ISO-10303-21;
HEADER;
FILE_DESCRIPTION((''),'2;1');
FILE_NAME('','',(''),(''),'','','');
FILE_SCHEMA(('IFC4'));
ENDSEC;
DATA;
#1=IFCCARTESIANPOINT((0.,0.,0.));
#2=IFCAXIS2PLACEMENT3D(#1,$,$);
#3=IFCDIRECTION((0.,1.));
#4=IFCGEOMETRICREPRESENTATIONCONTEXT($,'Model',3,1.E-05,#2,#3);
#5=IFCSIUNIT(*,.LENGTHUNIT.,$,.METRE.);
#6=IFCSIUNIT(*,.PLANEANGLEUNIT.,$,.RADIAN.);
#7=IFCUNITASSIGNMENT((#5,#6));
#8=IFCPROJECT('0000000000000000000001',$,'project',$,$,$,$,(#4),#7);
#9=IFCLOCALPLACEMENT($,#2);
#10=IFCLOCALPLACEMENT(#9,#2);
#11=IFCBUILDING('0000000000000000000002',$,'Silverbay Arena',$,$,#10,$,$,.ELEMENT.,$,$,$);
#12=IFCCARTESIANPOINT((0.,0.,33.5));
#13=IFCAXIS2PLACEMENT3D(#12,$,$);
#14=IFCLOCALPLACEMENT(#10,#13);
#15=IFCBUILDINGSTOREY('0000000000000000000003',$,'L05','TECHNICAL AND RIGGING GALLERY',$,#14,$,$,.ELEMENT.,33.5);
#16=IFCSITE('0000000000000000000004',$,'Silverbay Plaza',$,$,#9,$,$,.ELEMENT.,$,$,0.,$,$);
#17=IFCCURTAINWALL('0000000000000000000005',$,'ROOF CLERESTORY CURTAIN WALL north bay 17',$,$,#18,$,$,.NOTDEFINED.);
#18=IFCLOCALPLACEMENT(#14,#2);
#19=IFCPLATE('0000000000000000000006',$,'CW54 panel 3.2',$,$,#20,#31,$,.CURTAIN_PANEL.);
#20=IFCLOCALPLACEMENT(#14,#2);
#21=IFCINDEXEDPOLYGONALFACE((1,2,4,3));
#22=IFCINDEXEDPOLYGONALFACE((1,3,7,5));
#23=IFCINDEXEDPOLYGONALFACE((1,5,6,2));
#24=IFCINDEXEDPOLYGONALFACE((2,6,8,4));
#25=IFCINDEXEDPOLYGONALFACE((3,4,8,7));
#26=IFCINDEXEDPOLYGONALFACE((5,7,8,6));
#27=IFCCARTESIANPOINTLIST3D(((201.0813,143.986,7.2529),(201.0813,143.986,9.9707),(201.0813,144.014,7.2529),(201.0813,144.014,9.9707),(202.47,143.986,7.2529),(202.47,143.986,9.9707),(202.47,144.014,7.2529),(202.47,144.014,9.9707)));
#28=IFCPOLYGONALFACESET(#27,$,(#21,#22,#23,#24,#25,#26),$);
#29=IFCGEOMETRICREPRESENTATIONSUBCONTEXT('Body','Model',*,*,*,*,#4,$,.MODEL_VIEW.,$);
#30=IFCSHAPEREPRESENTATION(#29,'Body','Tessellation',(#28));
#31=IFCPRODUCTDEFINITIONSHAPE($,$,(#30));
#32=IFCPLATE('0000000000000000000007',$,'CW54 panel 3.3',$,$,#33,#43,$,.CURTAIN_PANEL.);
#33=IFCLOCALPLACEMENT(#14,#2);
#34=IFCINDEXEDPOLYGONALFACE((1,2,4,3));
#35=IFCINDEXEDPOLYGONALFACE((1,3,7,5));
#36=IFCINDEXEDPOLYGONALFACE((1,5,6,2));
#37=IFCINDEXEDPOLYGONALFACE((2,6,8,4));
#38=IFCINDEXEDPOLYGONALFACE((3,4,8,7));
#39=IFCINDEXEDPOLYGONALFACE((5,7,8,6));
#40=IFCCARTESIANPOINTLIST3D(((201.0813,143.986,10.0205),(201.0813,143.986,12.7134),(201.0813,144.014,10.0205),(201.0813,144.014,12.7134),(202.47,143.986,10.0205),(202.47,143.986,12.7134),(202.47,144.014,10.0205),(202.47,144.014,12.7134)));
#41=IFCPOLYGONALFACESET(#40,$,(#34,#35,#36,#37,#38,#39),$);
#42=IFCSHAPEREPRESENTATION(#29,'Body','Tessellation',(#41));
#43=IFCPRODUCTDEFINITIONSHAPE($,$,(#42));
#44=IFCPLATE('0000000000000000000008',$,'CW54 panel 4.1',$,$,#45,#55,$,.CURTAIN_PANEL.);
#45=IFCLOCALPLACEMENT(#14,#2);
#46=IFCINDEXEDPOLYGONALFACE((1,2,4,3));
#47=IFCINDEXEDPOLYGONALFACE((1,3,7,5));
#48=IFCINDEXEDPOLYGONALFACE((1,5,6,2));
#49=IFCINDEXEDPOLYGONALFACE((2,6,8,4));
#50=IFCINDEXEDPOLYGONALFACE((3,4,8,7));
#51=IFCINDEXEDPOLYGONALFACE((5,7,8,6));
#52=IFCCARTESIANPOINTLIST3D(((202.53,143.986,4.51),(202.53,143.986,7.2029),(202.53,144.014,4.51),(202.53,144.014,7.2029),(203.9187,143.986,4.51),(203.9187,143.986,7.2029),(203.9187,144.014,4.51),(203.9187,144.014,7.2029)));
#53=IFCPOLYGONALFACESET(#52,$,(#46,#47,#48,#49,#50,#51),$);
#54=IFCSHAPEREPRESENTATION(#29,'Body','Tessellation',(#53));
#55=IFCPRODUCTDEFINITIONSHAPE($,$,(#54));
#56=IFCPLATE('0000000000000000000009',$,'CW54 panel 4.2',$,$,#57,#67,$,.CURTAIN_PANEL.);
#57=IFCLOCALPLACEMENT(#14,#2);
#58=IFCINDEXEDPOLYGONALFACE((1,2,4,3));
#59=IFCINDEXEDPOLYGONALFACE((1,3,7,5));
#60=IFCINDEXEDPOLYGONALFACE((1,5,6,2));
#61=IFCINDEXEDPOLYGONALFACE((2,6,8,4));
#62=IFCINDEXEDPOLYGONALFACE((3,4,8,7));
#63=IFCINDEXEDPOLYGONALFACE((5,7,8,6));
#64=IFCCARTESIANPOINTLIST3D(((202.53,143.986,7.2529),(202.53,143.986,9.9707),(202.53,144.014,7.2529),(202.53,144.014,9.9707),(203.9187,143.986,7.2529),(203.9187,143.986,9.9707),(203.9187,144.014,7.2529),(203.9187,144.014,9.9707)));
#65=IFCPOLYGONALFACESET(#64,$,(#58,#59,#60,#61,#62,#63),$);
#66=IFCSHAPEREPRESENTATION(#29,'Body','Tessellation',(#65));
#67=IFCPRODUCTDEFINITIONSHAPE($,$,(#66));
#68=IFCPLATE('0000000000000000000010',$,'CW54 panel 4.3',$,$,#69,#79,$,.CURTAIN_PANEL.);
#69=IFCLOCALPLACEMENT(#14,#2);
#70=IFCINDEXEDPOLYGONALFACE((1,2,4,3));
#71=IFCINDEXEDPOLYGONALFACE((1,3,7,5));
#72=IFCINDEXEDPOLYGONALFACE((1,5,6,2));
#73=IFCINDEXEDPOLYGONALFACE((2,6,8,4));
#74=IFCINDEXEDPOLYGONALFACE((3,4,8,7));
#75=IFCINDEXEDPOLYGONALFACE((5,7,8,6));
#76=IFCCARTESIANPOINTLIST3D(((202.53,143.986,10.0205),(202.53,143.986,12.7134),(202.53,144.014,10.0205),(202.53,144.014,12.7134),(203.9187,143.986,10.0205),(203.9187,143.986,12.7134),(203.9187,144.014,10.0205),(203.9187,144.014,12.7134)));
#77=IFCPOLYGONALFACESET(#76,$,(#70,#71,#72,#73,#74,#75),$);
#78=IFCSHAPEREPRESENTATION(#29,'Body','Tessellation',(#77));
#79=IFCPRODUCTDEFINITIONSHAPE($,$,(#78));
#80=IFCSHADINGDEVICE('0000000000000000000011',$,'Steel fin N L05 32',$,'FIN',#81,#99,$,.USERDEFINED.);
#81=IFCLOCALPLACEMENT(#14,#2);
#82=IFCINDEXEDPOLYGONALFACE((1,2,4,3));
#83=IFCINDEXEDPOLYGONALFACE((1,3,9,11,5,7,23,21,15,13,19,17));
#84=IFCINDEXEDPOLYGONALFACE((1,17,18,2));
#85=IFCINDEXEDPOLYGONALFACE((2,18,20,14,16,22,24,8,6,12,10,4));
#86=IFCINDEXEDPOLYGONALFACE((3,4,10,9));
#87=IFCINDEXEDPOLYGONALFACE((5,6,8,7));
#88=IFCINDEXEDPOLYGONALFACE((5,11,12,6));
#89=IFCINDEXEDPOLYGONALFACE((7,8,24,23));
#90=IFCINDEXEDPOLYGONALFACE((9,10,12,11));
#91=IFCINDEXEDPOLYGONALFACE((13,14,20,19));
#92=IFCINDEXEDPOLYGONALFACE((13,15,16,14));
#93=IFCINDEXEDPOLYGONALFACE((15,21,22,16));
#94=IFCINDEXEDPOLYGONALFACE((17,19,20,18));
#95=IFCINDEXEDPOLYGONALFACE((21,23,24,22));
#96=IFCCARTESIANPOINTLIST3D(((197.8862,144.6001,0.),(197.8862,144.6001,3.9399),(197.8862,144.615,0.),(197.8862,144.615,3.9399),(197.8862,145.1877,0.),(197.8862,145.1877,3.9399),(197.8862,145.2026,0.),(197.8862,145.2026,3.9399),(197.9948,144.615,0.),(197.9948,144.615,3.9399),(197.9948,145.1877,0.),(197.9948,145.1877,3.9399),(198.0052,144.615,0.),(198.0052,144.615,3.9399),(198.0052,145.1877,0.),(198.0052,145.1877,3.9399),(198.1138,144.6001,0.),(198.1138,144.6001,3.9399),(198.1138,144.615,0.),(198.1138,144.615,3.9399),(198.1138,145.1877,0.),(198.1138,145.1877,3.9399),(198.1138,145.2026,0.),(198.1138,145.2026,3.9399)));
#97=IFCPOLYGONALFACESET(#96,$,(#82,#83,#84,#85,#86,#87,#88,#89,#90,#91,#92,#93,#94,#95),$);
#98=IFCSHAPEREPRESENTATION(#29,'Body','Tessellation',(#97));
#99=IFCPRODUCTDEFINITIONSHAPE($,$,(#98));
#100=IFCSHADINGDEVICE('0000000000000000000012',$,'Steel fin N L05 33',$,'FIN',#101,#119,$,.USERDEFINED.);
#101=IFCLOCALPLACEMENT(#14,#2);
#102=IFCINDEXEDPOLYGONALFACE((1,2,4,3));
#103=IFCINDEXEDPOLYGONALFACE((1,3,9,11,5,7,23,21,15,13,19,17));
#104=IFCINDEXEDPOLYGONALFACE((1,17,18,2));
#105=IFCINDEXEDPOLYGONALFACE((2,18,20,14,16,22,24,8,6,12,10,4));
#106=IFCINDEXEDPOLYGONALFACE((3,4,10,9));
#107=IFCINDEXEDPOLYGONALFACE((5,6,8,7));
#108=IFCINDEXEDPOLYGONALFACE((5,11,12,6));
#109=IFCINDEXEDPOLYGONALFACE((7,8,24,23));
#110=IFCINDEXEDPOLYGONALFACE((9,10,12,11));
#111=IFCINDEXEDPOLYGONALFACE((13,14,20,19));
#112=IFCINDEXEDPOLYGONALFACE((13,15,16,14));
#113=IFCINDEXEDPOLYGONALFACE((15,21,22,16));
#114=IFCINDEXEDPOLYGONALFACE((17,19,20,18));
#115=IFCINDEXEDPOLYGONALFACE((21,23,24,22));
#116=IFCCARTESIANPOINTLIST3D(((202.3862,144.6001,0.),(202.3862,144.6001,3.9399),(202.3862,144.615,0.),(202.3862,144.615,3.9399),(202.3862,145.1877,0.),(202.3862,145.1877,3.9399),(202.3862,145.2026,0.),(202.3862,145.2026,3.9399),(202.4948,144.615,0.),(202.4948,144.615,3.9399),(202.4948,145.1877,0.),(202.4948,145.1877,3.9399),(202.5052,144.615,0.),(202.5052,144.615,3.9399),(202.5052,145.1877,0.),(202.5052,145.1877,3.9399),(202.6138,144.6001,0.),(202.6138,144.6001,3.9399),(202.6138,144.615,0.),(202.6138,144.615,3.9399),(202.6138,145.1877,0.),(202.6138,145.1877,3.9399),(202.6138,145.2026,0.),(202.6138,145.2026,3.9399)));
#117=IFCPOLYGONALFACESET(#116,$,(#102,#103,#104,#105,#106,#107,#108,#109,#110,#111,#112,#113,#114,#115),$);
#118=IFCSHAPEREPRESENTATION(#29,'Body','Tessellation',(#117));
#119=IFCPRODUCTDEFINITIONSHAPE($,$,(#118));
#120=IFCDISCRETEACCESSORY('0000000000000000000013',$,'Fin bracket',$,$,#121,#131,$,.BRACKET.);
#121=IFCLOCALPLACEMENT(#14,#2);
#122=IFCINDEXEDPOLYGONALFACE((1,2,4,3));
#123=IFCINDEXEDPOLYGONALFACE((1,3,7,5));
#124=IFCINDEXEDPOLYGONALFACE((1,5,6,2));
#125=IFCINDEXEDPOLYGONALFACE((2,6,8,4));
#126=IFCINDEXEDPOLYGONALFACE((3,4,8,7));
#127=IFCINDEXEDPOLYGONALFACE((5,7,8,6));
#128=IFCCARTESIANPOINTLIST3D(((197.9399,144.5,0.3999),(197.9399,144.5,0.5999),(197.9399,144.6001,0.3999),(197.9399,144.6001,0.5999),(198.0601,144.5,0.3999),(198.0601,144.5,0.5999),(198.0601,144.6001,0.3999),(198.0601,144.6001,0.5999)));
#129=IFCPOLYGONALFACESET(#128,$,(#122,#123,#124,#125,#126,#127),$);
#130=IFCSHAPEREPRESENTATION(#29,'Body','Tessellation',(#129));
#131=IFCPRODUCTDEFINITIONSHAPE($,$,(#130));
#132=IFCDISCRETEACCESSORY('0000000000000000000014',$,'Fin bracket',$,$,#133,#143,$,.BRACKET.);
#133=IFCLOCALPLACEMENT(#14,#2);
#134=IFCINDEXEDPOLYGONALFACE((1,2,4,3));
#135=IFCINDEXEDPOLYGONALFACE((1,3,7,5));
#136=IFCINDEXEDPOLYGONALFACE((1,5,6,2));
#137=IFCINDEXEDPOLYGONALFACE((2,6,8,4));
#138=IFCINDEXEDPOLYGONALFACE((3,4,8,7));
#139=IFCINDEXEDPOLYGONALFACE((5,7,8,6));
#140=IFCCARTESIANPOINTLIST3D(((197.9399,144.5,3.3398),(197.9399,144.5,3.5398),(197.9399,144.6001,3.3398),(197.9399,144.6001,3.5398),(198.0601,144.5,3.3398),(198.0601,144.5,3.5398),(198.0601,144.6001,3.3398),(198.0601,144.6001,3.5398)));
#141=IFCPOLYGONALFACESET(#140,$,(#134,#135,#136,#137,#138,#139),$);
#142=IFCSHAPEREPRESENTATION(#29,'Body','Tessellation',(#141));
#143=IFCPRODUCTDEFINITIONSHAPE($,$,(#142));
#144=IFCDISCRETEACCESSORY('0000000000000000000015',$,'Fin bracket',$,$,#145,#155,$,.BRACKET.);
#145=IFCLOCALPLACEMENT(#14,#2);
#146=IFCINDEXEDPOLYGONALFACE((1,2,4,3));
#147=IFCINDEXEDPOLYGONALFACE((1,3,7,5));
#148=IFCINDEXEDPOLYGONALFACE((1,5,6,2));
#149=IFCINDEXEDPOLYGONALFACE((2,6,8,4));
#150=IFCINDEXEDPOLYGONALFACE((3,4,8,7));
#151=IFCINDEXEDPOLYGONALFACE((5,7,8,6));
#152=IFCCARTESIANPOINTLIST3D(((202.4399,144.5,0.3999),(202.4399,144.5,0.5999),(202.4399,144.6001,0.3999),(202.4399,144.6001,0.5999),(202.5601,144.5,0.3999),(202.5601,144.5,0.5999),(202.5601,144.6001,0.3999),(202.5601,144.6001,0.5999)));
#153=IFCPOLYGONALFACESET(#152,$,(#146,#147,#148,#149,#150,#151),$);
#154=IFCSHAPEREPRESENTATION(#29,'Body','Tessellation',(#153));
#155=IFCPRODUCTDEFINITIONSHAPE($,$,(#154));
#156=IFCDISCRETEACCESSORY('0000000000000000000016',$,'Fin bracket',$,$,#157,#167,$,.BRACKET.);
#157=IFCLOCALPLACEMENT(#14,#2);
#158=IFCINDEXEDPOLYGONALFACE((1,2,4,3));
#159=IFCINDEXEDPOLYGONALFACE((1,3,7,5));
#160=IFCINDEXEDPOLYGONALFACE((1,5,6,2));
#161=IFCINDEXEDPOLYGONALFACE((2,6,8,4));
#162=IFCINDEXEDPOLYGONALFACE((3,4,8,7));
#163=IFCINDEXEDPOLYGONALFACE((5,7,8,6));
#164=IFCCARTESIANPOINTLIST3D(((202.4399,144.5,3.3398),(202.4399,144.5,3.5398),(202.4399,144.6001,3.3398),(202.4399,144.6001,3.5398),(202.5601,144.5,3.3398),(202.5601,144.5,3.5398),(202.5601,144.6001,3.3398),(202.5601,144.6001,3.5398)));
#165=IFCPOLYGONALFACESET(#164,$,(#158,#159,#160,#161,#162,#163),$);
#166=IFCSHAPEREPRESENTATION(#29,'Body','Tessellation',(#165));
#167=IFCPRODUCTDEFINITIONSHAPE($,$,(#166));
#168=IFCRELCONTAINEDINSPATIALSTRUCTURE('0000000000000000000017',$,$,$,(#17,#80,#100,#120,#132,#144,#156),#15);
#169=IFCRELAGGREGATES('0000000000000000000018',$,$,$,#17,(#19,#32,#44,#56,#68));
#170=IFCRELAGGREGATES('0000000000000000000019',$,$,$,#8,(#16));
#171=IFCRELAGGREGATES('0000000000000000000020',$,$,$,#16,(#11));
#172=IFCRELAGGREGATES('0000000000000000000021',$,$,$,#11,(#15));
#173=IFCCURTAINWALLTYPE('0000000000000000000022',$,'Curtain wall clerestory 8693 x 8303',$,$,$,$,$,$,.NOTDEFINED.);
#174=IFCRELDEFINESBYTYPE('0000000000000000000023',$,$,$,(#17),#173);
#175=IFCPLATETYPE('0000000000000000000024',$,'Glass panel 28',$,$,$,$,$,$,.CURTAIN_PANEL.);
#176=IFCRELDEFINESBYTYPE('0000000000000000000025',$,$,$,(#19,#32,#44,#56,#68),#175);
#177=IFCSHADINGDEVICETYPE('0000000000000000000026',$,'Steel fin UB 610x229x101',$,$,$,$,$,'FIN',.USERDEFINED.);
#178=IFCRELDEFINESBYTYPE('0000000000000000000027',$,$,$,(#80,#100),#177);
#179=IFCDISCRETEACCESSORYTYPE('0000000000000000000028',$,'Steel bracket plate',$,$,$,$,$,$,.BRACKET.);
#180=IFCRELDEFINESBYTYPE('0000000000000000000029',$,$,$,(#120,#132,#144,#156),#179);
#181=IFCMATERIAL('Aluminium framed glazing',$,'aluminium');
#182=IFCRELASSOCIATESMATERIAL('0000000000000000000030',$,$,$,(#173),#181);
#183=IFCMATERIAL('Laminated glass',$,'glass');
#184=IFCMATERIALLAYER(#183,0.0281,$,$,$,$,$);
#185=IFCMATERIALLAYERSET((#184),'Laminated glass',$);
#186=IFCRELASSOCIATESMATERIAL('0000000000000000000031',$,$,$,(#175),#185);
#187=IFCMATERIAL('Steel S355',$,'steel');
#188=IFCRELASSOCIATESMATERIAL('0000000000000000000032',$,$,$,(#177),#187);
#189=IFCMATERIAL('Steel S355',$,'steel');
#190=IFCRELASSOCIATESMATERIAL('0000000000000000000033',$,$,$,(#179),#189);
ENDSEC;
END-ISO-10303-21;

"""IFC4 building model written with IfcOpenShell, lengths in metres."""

from ifc_helpers import new_model, si_unit, direction, frame, origin, origin_2d, place, context, subcontext, project, spatial, rectangle, i_section, extrude, material, layer, layer_set, material_profile, profile_set, type_object, element, aggregate, save


model = new_model("IFC4")

# Units and contexts
model_context = context("Model", 3, precision=1e-05, world=origin(), true_north=direction((0.0, 1.0)))
body_context = subcontext(model_context, "Body", "Model", "MODEL_VIEW")
ifc_project = project(units=[si_unit("LENGTHUNIT", "METRE"), si_unit("PLANEANGLEUNIT", "RADIAN")], contexts=[model_context])

# Site, building, storey
site_placement = place(None, origin())
site = spatial("IfcSite", under=ifc_project, at=site_placement, Name="Silverbay Plaza", CompositionType="ELEMENT", RefElevation=0.0)
building_placement = place(site_placement, origin())
building = spatial("IfcBuilding", under=site, at=building_placement, Name="Silverbay Arena", CompositionType="ELEMENT")
storey_placement = place(building_placement, frame((0.0, 0.0, 33.5)))
storey = spatial("IfcBuildingStorey", under=building, at=storey_placement, Name="L05", Description="TECHNICAL AND RIGGING GALLERY", CompositionType="ELEMENT", Elevation=33.5)

# Curtain wall
ifc_material_1 = material(Name="Aluminium framed glazing", Category="aluminium")
curtain_wall_type = type_object("IfcCurtainWallType", Name="Curtain wall clerestory 8693 x 8303", PredefinedType="NOTDEFINED", material=ifc_material_1)
curtain_wall_placement = place(storey_placement, origin())
curtain_wall = element("IfcCurtainWall", 1, at=curtain_wall_placement, inside=storey, type_object=curtain_wall_type, Name="ROOF CLERESTORY CURTAIN WALL north bay 17", PredefinedType="NOTDEFINED")

# Plates
ifc_material_2 = material(Name="Laminated glass", Category="glass")
ifc_layer = layer(ifc_material_2, 0.0281)
ifc_layer_set = layer_set([ifc_layer], Name="Laminated glass")
plate_type = type_object("IfcPlateType", Name="Glass panel 28", PredefinedType="CURTAIN_PANEL", material=ifc_layer_set)
plate_1_placement = place(storey_placement, frame((201.7756, 144.0, 7.2529), z_axis=(0.0, 0.0, 1.0), x_axis=(1.0, 0.0, 0.0)))
plate_1 = element("IfcPlate", 2, at=plate_1_placement, type_object=plate_type, Name="CW54 panel 3.2", PredefinedType="CURTAIN_PANEL", context=body_context, shape_type="SweptSolid", body=[
    extrude(rectangle(XDim=1.3887, YDim=0.0281, at=origin_2d()), origin(), (0.0, 0.0, 1.0), 2.7178),
])
plate_2_placement = place(storey_placement, frame((201.7756, 144.0, 10.0205), z_axis=(0.0, 0.0, 1.0), x_axis=(1.0, 0.0, 0.0)))
plate_2 = element("IfcPlate", 3, at=plate_2_placement, type_object=plate_type, Name="CW54 panel 3.3", PredefinedType="CURTAIN_PANEL", context=body_context, shape_type="SweptSolid", body=[
    extrude(rectangle(XDim=1.3887, YDim=0.0281, at=origin_2d()), origin(), (0.0, 0.0, 1.0), 2.6929),
])
plate_3_placement = place(storey_placement, frame((203.2244, 144.0, 4.51), z_axis=(0.0, 0.0, 1.0), x_axis=(1.0, 0.0, 0.0)))
plate_3 = element("IfcPlate", 4, at=plate_3_placement, type_object=plate_type, Name="CW54 panel 4.1", PredefinedType="CURTAIN_PANEL", context=body_context, shape_type="SweptSolid", body=[
    extrude(rectangle(XDim=1.3887, YDim=0.0281, at=origin_2d()), origin(), (0.0, 0.0, 1.0), 2.6929),
])
plate_4_placement = place(storey_placement, frame((203.2244, 144.0, 7.2529), z_axis=(0.0, 0.0, 1.0), x_axis=(1.0, 0.0, 0.0)))
plate_4 = element("IfcPlate", 5, at=plate_4_placement, type_object=plate_type, Name="CW54 panel 4.2", PredefinedType="CURTAIN_PANEL", context=body_context, shape_type="SweptSolid", body=[
    extrude(rectangle(XDim=1.3887, YDim=0.0281, at=origin_2d()), origin(), (0.0, 0.0, 1.0), 2.7178),
])
plate_5_placement = place(storey_placement, frame((203.2244, 144.0, 10.0205), z_axis=(0.0, 0.0, 1.0), x_axis=(1.0, 0.0, 0.0)))
plate_5 = element("IfcPlate", 6, at=plate_5_placement, type_object=plate_type, Name="CW54 panel 4.3", PredefinedType="CURTAIN_PANEL", context=body_context, shape_type="SweptSolid", body=[
    extrude(rectangle(XDim=1.3887, YDim=0.0281, at=origin_2d()), origin(), (0.0, 0.0, 1.0), 2.6929),
])
aggregate(curtain_wall, [plate_1, plate_2, plate_3, plate_4, plate_5])

# Shading devices
ifc_material_3 = material(Name="Steel S355", Category="steel")
ifc_material_profile_1 = material_profile(ifc_material_3, i_section(OverallWidth=0.2275, OverallDepth=0.6025, WebThickness=0.0105, FlangeThickness=0.0149, at=origin_2d()), Name="UB 610x229x101")
ifc_profile_set_1 = profile_set([ifc_material_profile_1], Name="Steel S355")
shading_device_type = type_object("IfcShadingDeviceType", Name="Steel fin UB 610x229x101", ElementType="FIN", PredefinedType="USERDEFINED", material=ifc_profile_set_1)
for number, where, z_axis, x_axis, name in (
    (7, (198.0, 144.9014, 0.0), (0.0, 0.0, 1.0), (1.0, 0.0, 0.0), "Steel fin N L05 32"),
    (8, (202.5, 144.9014, 0.0), (0.0, 0.0, 1.0), (1.0, 0.0, 0.0), "Steel fin N L05 33"),
):
    element("IfcShadingDevice", number, at=place(storey_placement, frame(where, z_axis=z_axis, x_axis=x_axis)), inside=storey, type_object=shading_device_type, Name=name, ObjectType="FIN", PredefinedType="USERDEFINED", context=body_context, shape_type="SweptSolid", body=[
        extrude(i_section(OverallWidth=0.2275, OverallDepth=0.6025, WebThickness=0.0105, FlangeThickness=0.0149, at=origin_2d()), origin(), (0.0, 0.0, 1.0), 3.9399),
    ])

# Discrete accessories
ifc_material_4 = material(Name="Steel S355", Category="steel")
discrete_accessory_type = type_object("IfcDiscreteAccessoryType", Name="Steel bracket plate", PredefinedType="BRACKET", material=ifc_material_4)
for number, where, z_axis, x_axis, name in (
    (9, (198.0, 144.55, 0.3999), (0.0, 0.0, 1.0), (1.0, 0.0, 0.0), "Fin bracket"),
    (10, (198.0, 144.55, 3.3398), (0.0, 0.0, 1.0), (1.0, 0.0, 0.0), "Fin bracket"),
    (11, (202.5, 144.55, 0.3999), (0.0, 0.0, 1.0), (1.0, 0.0, 0.0), "Fin bracket"),
    (12, (202.5, 144.55, 3.3398), (0.0, 0.0, 1.0), (1.0, 0.0, 0.0), "Fin bracket"),
):
    element("IfcDiscreteAccessory", number, at=place(storey_placement, frame(where, z_axis=z_axis, x_axis=x_axis)), inside=storey, type_object=discrete_accessory_type, Name=name, PredefinedType="BRACKET", context=body_context, shape_type="SweptSolid", body=[
        extrude(rectangle(XDim=0.1201, YDim=0.1001, at=origin_2d()), origin(), (0.0, 0.0, 1.0), 0.2),
    ])

save(model, "model.ifc")
